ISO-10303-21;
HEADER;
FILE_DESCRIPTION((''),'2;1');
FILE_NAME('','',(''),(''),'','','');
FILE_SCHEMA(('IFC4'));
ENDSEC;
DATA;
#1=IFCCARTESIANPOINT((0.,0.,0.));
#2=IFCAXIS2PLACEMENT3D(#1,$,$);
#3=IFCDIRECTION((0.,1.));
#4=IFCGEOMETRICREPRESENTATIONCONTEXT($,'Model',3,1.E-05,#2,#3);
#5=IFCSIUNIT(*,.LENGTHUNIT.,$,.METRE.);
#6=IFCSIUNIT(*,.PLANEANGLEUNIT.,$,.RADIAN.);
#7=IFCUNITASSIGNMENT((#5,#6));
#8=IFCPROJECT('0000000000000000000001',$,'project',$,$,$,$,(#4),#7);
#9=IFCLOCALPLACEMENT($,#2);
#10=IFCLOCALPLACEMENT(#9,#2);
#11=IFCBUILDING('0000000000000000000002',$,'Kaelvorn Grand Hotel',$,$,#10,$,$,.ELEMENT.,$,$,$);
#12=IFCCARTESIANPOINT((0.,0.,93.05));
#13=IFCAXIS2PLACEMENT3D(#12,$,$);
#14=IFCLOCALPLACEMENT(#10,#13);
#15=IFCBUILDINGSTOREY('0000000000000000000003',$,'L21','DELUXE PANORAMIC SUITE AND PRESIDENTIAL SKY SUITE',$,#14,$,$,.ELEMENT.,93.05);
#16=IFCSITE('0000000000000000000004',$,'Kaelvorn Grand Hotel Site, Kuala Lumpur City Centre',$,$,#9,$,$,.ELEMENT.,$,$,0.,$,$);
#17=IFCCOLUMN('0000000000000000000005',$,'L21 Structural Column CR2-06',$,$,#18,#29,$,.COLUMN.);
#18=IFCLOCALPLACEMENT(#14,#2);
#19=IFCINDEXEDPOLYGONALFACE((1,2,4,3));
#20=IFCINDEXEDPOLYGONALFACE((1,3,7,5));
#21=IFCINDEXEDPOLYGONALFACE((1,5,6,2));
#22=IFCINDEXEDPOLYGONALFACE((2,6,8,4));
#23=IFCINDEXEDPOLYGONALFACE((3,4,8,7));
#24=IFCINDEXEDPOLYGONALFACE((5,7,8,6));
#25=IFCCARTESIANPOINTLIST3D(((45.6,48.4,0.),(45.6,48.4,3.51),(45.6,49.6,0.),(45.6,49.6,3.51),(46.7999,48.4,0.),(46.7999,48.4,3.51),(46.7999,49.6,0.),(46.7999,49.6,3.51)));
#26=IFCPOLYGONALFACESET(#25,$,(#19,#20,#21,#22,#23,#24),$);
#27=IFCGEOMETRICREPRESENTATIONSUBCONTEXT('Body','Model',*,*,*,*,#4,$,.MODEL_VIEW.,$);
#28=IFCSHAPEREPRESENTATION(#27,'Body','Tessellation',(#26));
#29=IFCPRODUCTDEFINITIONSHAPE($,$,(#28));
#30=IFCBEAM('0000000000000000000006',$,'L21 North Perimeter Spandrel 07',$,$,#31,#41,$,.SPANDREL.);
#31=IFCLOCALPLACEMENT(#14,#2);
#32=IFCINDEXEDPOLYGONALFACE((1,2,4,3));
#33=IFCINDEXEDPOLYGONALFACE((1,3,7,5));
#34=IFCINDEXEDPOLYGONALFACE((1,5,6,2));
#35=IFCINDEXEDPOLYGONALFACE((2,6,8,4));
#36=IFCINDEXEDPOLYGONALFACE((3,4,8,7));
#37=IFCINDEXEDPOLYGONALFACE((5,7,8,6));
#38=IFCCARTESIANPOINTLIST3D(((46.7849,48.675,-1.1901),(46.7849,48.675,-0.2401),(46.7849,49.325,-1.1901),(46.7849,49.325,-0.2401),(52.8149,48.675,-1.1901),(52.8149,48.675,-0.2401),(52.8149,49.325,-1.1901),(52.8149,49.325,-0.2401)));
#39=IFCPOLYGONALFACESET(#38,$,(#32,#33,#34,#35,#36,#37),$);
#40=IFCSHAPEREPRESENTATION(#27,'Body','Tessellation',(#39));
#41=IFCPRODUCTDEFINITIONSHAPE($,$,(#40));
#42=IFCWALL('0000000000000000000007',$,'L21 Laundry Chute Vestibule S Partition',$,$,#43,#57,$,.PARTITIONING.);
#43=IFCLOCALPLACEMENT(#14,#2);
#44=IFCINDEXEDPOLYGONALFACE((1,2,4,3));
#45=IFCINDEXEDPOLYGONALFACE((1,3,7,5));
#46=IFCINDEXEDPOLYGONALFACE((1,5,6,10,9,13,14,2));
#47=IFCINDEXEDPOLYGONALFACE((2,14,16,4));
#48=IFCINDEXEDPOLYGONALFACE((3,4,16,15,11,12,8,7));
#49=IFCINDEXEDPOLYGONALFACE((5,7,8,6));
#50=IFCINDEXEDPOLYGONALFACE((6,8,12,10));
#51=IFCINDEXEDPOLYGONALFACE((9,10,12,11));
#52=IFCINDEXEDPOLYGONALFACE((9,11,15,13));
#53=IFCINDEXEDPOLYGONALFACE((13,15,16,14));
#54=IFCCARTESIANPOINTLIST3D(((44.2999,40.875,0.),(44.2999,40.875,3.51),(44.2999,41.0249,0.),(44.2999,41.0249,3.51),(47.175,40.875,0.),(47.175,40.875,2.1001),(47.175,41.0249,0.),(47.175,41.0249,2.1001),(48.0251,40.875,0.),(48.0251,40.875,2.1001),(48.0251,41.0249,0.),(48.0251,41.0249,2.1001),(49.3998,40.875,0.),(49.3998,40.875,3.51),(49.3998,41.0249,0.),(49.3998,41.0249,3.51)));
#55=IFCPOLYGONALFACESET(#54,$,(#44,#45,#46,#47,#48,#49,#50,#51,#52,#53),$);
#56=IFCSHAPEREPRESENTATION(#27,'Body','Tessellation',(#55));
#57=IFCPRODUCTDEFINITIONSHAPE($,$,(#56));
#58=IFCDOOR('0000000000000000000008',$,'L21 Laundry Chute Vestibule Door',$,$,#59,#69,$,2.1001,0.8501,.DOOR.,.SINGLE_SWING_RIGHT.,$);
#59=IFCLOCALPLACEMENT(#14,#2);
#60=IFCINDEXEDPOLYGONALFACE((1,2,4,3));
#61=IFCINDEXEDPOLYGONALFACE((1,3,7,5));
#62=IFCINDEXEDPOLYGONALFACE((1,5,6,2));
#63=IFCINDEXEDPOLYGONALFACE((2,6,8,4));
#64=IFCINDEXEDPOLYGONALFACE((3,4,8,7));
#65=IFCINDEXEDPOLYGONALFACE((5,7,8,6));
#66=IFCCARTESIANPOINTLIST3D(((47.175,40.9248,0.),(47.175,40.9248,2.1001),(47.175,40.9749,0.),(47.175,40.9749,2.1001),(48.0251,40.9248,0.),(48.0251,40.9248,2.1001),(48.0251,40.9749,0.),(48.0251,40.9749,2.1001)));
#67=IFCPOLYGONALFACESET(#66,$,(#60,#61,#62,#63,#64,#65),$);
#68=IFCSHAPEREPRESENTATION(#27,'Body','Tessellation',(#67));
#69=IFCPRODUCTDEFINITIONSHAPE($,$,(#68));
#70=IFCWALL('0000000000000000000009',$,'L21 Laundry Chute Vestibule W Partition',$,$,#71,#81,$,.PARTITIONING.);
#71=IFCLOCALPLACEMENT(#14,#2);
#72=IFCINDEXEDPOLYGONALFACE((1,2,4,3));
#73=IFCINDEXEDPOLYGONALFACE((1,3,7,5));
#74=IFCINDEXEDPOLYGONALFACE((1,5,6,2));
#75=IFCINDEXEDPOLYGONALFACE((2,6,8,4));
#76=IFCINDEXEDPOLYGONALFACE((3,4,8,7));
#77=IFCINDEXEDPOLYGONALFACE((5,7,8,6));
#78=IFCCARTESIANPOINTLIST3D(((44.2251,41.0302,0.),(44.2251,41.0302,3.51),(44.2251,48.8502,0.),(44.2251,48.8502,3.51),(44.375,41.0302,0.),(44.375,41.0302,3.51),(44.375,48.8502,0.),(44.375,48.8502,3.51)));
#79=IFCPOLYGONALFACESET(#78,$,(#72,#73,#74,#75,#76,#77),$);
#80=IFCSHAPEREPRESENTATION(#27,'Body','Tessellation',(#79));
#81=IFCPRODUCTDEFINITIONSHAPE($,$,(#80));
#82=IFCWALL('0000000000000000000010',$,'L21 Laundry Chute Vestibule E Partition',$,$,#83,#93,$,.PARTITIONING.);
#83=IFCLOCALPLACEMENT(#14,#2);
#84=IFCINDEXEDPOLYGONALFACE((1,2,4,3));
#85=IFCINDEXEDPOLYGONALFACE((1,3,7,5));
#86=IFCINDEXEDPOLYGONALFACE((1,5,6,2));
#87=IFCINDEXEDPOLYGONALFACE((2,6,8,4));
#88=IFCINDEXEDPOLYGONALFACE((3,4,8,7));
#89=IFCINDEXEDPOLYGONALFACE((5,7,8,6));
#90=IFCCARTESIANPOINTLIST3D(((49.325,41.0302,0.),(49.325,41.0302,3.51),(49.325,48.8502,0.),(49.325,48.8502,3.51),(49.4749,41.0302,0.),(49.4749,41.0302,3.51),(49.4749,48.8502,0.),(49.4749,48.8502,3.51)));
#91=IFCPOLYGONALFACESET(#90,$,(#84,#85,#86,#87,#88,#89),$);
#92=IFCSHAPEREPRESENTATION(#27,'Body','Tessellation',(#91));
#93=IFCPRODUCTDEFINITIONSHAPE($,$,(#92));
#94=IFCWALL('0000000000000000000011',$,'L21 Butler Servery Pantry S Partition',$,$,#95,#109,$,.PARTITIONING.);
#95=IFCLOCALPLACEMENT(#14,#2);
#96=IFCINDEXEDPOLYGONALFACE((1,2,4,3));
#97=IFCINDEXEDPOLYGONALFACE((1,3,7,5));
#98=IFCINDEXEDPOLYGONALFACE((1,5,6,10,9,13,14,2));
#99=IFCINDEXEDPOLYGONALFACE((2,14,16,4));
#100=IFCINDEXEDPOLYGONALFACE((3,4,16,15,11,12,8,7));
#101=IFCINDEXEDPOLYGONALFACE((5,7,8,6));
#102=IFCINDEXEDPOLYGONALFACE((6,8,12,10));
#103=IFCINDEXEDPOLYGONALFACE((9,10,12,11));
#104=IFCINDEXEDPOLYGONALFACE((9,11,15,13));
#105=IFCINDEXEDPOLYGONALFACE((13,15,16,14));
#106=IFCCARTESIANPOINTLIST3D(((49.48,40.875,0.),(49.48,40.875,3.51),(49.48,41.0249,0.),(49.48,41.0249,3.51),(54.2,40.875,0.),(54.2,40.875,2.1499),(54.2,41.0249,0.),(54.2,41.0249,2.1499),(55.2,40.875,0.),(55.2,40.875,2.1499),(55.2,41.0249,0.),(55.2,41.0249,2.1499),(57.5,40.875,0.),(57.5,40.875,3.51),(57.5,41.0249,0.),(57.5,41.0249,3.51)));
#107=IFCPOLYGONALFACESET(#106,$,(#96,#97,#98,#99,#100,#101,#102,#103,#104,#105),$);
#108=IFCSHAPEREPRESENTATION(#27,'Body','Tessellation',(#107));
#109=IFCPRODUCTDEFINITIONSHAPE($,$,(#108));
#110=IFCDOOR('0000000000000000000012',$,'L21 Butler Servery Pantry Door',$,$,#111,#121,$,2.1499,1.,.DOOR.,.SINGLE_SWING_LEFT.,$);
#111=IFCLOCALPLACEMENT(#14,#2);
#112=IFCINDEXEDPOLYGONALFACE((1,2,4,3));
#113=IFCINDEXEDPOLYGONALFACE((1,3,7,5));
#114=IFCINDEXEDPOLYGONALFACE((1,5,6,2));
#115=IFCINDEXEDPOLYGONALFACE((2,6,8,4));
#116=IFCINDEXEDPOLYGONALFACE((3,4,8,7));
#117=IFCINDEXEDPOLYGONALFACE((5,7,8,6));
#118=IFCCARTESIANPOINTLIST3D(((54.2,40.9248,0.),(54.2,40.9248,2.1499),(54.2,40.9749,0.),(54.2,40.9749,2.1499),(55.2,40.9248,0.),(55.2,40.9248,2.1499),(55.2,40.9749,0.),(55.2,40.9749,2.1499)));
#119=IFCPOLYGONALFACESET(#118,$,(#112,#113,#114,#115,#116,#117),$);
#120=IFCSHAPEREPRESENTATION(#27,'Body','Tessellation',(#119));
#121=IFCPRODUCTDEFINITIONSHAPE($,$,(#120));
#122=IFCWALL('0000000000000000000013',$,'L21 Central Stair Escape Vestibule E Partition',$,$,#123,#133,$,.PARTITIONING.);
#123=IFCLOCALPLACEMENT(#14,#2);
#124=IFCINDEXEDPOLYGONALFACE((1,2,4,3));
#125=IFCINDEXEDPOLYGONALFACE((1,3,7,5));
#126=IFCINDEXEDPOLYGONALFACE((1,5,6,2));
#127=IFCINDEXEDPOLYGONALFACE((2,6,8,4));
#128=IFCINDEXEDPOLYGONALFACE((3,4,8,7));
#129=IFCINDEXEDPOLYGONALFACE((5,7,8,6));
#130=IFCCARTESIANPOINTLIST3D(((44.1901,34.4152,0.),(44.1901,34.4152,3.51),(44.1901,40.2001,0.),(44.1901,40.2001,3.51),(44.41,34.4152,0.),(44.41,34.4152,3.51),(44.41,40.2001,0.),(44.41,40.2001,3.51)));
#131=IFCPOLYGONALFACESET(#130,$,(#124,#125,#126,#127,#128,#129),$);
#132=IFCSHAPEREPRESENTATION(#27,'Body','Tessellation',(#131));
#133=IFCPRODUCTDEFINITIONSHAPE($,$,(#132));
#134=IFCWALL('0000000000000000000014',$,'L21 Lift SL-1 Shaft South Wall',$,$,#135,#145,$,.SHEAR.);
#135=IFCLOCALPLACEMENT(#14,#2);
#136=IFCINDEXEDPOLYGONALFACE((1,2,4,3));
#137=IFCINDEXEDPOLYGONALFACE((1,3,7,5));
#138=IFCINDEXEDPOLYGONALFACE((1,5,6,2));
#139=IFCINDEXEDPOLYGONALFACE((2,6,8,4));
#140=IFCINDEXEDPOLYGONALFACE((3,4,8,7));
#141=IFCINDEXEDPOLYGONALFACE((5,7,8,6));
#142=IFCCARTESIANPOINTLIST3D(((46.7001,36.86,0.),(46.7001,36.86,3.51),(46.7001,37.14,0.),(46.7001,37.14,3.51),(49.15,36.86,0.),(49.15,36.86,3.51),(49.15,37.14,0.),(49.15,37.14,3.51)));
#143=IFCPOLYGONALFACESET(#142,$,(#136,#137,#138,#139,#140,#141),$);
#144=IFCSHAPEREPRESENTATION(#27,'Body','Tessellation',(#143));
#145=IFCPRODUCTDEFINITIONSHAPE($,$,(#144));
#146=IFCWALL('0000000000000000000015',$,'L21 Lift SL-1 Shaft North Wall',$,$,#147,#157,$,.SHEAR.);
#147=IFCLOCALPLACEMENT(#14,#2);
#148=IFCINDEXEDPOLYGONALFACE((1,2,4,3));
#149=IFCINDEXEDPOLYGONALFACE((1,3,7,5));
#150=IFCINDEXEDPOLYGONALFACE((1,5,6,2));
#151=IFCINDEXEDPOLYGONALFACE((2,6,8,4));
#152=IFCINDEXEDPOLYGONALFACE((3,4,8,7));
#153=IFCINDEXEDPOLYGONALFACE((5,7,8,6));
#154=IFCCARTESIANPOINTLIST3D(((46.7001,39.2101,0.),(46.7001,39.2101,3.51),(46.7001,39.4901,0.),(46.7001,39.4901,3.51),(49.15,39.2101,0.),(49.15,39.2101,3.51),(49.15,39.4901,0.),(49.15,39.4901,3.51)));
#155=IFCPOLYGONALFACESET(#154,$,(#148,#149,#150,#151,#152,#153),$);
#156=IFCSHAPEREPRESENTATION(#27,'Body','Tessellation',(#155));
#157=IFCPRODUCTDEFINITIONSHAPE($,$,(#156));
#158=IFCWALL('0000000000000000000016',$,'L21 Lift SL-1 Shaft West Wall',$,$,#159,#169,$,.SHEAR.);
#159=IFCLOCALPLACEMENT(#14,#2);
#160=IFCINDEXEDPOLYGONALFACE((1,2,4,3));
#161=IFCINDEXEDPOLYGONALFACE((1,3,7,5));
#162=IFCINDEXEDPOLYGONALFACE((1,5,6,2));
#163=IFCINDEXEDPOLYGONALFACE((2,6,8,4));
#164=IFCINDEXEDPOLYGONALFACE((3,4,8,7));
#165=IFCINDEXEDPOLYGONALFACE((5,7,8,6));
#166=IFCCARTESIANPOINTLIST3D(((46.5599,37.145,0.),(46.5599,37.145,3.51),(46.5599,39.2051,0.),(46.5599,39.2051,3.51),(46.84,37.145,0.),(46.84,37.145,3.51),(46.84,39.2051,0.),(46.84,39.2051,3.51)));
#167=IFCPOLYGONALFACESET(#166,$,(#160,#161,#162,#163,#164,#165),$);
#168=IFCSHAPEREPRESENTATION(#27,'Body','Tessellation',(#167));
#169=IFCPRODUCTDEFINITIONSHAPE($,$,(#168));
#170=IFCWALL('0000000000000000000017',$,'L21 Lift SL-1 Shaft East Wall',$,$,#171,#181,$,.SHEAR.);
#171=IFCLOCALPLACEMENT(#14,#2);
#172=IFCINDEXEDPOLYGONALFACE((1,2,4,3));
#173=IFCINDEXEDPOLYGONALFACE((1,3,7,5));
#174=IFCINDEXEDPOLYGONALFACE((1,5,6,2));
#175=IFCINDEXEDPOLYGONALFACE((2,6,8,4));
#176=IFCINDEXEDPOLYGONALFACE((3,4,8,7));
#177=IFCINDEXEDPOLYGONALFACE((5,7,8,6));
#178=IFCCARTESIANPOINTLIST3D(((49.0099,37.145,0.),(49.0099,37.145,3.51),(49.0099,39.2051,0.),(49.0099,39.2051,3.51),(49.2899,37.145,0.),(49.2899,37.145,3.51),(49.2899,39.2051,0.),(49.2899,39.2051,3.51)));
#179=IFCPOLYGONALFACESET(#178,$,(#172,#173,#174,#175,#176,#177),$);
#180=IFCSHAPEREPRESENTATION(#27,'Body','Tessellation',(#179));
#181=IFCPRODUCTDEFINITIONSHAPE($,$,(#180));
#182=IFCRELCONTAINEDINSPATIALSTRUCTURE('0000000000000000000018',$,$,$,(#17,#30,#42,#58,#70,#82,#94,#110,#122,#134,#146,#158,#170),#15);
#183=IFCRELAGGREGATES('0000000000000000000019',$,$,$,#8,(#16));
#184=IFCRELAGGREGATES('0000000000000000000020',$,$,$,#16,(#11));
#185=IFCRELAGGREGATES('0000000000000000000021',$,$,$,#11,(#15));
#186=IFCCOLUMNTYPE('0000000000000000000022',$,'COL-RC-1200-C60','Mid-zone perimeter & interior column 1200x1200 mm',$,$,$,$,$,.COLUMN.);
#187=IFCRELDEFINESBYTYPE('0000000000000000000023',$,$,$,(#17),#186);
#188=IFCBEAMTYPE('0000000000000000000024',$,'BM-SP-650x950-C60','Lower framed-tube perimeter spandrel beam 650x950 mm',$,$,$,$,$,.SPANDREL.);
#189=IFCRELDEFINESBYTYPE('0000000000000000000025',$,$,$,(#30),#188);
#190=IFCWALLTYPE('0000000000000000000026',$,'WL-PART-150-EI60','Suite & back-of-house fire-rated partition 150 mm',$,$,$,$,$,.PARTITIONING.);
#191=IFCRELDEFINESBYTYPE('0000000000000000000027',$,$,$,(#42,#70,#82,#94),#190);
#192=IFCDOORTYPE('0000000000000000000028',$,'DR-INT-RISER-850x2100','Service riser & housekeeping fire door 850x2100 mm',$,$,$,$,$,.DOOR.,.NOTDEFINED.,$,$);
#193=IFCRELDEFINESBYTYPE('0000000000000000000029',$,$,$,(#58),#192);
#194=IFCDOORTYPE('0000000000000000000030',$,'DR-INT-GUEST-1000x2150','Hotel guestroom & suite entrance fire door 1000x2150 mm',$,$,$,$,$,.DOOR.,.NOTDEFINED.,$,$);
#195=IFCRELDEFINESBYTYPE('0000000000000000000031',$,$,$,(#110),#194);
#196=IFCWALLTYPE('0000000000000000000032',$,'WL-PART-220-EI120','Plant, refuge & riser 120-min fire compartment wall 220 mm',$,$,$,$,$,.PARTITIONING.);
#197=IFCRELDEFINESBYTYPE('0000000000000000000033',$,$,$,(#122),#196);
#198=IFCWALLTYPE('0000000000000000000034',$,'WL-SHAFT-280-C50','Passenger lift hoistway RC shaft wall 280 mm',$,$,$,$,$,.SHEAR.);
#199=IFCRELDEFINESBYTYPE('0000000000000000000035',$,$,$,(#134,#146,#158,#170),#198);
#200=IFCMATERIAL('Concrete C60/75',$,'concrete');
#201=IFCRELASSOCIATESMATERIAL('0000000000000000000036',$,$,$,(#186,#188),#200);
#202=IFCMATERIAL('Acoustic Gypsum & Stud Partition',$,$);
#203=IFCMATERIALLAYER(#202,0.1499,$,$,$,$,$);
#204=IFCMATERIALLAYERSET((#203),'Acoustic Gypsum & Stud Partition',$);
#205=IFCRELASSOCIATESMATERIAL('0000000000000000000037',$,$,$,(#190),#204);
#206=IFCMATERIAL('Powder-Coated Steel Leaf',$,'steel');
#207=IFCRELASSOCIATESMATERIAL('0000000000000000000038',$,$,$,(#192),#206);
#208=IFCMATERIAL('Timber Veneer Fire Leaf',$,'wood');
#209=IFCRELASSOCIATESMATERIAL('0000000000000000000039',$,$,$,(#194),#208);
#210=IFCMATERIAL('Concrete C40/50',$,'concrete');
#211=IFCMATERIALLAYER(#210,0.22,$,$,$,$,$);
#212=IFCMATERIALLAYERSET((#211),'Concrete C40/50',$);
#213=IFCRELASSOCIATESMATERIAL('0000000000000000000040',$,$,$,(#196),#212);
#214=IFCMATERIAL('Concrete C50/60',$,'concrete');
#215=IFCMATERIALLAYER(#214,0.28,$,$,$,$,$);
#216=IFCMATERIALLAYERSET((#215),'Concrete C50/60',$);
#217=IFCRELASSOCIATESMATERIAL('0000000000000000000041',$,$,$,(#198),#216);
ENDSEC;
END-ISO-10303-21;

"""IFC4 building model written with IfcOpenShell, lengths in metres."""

from ifc_helpers import new_model, si_unit, direction, frame, frame_2d, origin, origin_2d, place, context, subcontext, project, spatial, rectangle, extrude, material, layer, layer_set, material_profile, profile_set, type_object, element, fill, save


model = new_model("IFC4")

# Units and contexts
model_context = context("Model", 3, precision=1e-05, world=origin(), true_north=direction((0.0, 1.0)))
body_context = subcontext(model_context, "Body", "Model", "MODEL_VIEW")
ifc_project = project(units=[si_unit("LENGTHUNIT", "METRE"), si_unit("PLANEANGLEUNIT", "RADIAN")], contexts=[model_context])

# Site, building, storey
site_placement = place(None, origin())
site = spatial("IfcSite", under=ifc_project, at=site_placement, Name="Kaelvorn Grand Hotel Site, Kuala Lumpur City Centre", CompositionType="ELEMENT", RefElevation=0.0)
building_placement = place(site_placement, origin())
building = spatial("IfcBuilding", under=site, at=building_placement, Name="Kaelvorn Grand Hotel", CompositionType="ELEMENT")
storey_placement = place(building_placement, frame((0.0, 0.0, 93.05)))
storey = spatial("IfcBuildingStorey", under=building, at=storey_placement, Name="L21", Description="DELUXE PANORAMIC SUITE AND PRESIDENTIAL SKY SUITE", CompositionType="ELEMENT", Elevation=93.05)

# Column
ifc_material_1 = material(Name="Concrete C60/75", Category="concrete")
ifc_material_profile_1 = material_profile(ifc_material_1, rectangle(XDim=1.2, YDim=1.2, at=origin_2d()), Name="RC COL 1200x1200")
ifc_profile_set_1 = profile_set([ifc_material_profile_1], Name="Concrete C60/75")
column_type = type_object("IfcColumnType", Name="COL-RC-1200-C60", Description="Mid-zone perimeter & interior column 1200x1200 mm", PredefinedType="COLUMN", material=ifc_profile_set_1)
column_placement = place(storey_placement, frame((46.2, 49.0, 0.0), z_axis=(0.0, 0.0, 1.0), x_axis=(1.0, 0.0, 0.0)))
element("IfcColumn", 1, at=column_placement, inside=storey, type_object=column_type, Name="L21 Structural Column CR2-06", PredefinedType="COLUMN", context=body_context, shape_type="SweptSolid", body=[
    extrude(rectangle(XDim=1.2, YDim=1.2, at=origin_2d()), origin(), (0.0, 0.0, 1.0), 3.51),
])

# Beam
ifc_material_profile_2 = material_profile(ifc_material_1, rectangle(XDim=0.6499, YDim=0.95, at=origin_2d()), Name="RC SPANDREL 650x950")
ifc_profile_set_2 = profile_set([ifc_material_profile_2], Name="Concrete C60/75")
beam_type = type_object("IfcBeamType", Name="BM-SP-650x950-C60", Description="Lower framed-tube perimeter spandrel beam 650x950 mm", PredefinedType="SPANDREL", material=ifc_profile_set_2)
beam_placement = place(storey_placement, frame((46.7849, 49.0, -0.7151), z_axis=(1.0, 0.0, 0.0), x_axis=(0.0, 1.0, 0.0)))
element("IfcBeam", 2, at=beam_placement, inside=storey, type_object=beam_type, Name="L21 North Perimeter Spandrel 07", PredefinedType="SPANDREL", context=body_context, shape_type="SweptSolid", body=[
    extrude(rectangle(XDim=0.6499, YDim=0.95, at=origin_2d()), origin(), (0.0, 0.0, 1.0), 6.03),
])

# Wall, opening, door
ifc_material_2 = material(Name="Acoustic Gypsum & Stud Partition")
ifc_layer_1 = layer(ifc_material_2, 0.1499)
ifc_layer_set_1 = layer_set([ifc_layer_1], Name="Acoustic Gypsum & Stud Partition")
wall_type_1 = type_object("IfcWallType", Name="WL-PART-150-EI60", Description="Suite & back-of-house fire-rated partition 150 mm", PredefinedType="PARTITIONING", material=ifc_layer_set_1)
wall_1_placement = place(storey_placement, frame((44.3, 40.95, 0.0), z_axis=(0.0, 0.0, 1.0), x_axis=(1.0, 0.0, 0.0)))
wall_1 = element("IfcWall", 3, at=wall_1_placement, inside=storey, type_object=wall_type_1, Name="L21 Laundry Chute Vestibule S Partition", PredefinedType="PARTITIONING", context=body_context, shape_type="SweptSolid", body=[
    extrude(rectangle(XDim=5.0999, YDim=0.1499, at=frame_2d((2.5498, 0.0))), origin(), (0.0, 0.0, 1.0), 3.51),
])
opening_1_placement = place(wall_1_placement, frame((2.875, 0.0, 0.0)))
opening_1 = element("IfcOpeningElement", 4, at=opening_1_placement, cuts=wall_1, PredefinedType="OPENING", context=body_context, shape_type="SweptSolid", body=[
    extrude(rectangle(XDim=0.8501, YDim=2.1001, at=frame_2d((0.425, 1.05))), frame((0.0, 0.085, 0.0), z_axis=(0.0, -1.0, 0.0), x_axis=(1.0, 0.0, 0.0)), (0.0, 0.0, 1.0), 0.1699),
])
ifc_material_3 = material(Name="Powder-Coated Steel Leaf", Category="steel")
door_type_1 = type_object("IfcDoorType", Name="DR-INT-RISER-850x2100", Description="Service riser & housekeeping fire door 850x2100 mm", OperationType="NOTDEFINED", PredefinedType="DOOR", material=ifc_material_3)
door_1_placement = place(opening_1_placement, origin())
door_1 = element("IfcDoor", 5, at=door_1_placement, inside=storey, type_object=door_type_1, Name="L21 Laundry Chute Vestibule Door", OperationType="SINGLE_SWING_RIGHT", OverallHeight=2.1001, OverallWidth=0.8501, PredefinedType="DOOR", context=body_context, shape_type="SweptSolid", body=[
    extrude(rectangle(XDim=0.8501, YDim=2.1001, at=frame_2d((0.425, 1.05))), frame((0.0, 0.0249, 0.0), z_axis=(0.0, -1.0, 0.0), x_axis=(1.0, 0.0, 0.0)), (0.0, 0.0, 1.0), 0.05),
])
fill(opening_1, door_1)

# Walls
for number, where, z_axis, x_axis, name in (
    (6, (44.3, 41.03, 0.0), (0.0, 0.0, 1.0), (0.0, 1.0, 0.0), "L21 Laundry Chute Vestibule W Partition"),
    (7, (49.3999, 41.03, 0.0), (0.0, 0.0, 1.0), (0.0, 1.0, 0.0), "L21 Laundry Chute Vestibule E Partition"),
):
    element("IfcWall", number, at=place(storey_placement, frame(where, z_axis=z_axis, x_axis=x_axis)), inside=storey, type_object=wall_type_1, Name=name, PredefinedType="PARTITIONING", context=body_context, shape_type="SweptSolid", body=[
        extrude(rectangle(XDim=7.8201, YDim=0.1499, at=frame_2d((3.9102, 0.0))), origin(), (0.0, 0.0, 1.0), 3.51),
    ])

# Wall, opening, door
wall_2_placement = place(storey_placement, frame((49.48, 40.95, 0.0), z_axis=(0.0, 0.0, 1.0), x_axis=(1.0, 0.0, 0.0)))
wall_2 = element("IfcWall", 8, at=wall_2_placement, inside=storey, type_object=wall_type_1, Name="L21 Butler Servery Pantry S Partition", PredefinedType="PARTITIONING", context=body_context, shape_type="SweptSolid", body=[
    extrude(rectangle(XDim=8.02, YDim=0.1499, at=frame_2d((4.01, 0.0))), origin(), (0.0, 0.0, 1.0), 3.51),
])
opening_2_placement = place(wall_2_placement, frame((4.72, 0.0, 0.0)))
opening_2 = element("IfcOpeningElement", 9, at=opening_2_placement, cuts=wall_2, PredefinedType="OPENING", context=body_context, shape_type="SweptSolid", body=[
    extrude(rectangle(XDim=1.0, YDim=2.1499, at=frame_2d((0.5, 1.075))), frame((0.0, 0.085, 0.0), z_axis=(0.0, -1.0, 0.0), x_axis=(1.0, 0.0, 0.0)), (0.0, 0.0, 1.0), 0.1699),
])
ifc_material_4 = material(Name="Timber Veneer Fire Leaf", Category="wood")
door_type_2 = type_object("IfcDoorType", Name="DR-INT-GUEST-1000x2150", Description="Hotel guestroom & suite entrance fire door 1000x2150 mm", OperationType="NOTDEFINED", PredefinedType="DOOR", material=ifc_material_4)
door_2_placement = place(opening_2_placement, origin())
door_2 = element("IfcDoor", 10, at=door_2_placement, inside=storey, type_object=door_type_2, Name="L21 Butler Servery Pantry Door", OperationType="SINGLE_SWING_LEFT", OverallHeight=2.1499, OverallWidth=1.0, PredefinedType="DOOR", context=body_context, shape_type="SweptSolid", body=[
    extrude(rectangle(XDim=1.0, YDim=2.1499, at=frame_2d((0.5, 1.075))), frame((0.0, 0.0249, 0.0), z_axis=(0.0, -1.0, 0.0), x_axis=(1.0, 0.0, 0.0)), (0.0, 0.0, 1.0), 0.05),
])
fill(opening_2, door_2)

# Walls
ifc_material_5 = material(Name="Concrete C40/50", Category="concrete")
ifc_layer_2 = layer(ifc_material_5, 0.22)
ifc_layer_set_2 = layer_set([ifc_layer_2], Name="Concrete C40/50")
wall_type_2 = type_object("IfcWallType", Name="WL-PART-220-EI120", Description="Plant, refuge & riser 120-min fire compartment wall 220 mm", PredefinedType="PARTITIONING", material=ifc_layer_set_2)
wall_3_placement = place(storey_placement, frame((44.3, 34.415, 0.0), z_axis=(0.0, 0.0, 1.0), x_axis=(0.0, 1.0, 0.0)))
element("IfcWall", 11, at=wall_3_placement, inside=storey, type_object=wall_type_2, Name="L21 Central Stair Escape Vestibule E Partition", PredefinedType="PARTITIONING", context=body_context, shape_type="SweptSolid", body=[
    extrude(rectangle(XDim=5.7849, YDim=0.22, at=frame_2d((2.8926, 0.0))), origin(), (0.0, 0.0, 1.0), 3.51),
])
ifc_material_6 = material(Name="Concrete C50/60", Category="concrete")
ifc_layer_3 = layer(ifc_material_6, 0.28)
ifc_layer_set_3 = layer_set([ifc_layer_3], Name="Concrete C50/60")
wall_type_3 = type_object("IfcWallType", Name="WL-SHAFT-280-C50", Description="Passenger lift hoistway RC shaft wall 280 mm", PredefinedType="SHEAR", material=ifc_layer_set_3)
for number, where, z_axis, x_axis, name in (
    (12, (46.7, 37.0, 0.0), (0.0, 0.0, 1.0), (1.0, 0.0, 0.0), "L21 Lift SL-1 Shaft South Wall"),
    (13, (46.7, 39.3501, 0.0), (0.0, 0.0, 1.0), (1.0, 0.0, 0.0), "L21 Lift SL-1 Shaft North Wall"),
):
    element("IfcWall", number, at=place(storey_placement, frame(where, z_axis=z_axis, x_axis=x_axis)), inside=storey, type_object=wall_type_3, Name=name, PredefinedType="SHEAR", context=body_context, shape_type="SweptSolid", body=[
        extrude(rectangle(XDim=2.45, YDim=0.28, at=frame_2d((1.2251, 0.0))), origin(), (0.0, 0.0, 1.0), 3.51),
    ])
for number, where, z_axis, x_axis, name in (
    (14, (46.7, 37.145, 0.0), (0.0, 0.0, 1.0), (0.0, 1.0, 0.0), "L21 Lift SL-1 Shaft West Wall"),
    (15, (49.1499, 37.145, 0.0), (0.0, 0.0, 1.0), (0.0, 1.0, 0.0), "L21 Lift SL-1 Shaft East Wall"),
):
    element("IfcWall", number, at=place(storey_placement, frame(where, z_axis=z_axis, x_axis=x_axis)), inside=storey, type_object=wall_type_3, Name=name, PredefinedType="SHEAR", context=body_context, shape_type="SweptSolid", body=[
        extrude(rectangle(XDim=2.0601, YDim=0.28, at=frame_2d((1.03, 0.0))), origin(), (0.0, 0.0, 1.0), 3.51),
    ])

save(model, "model.ifc")
